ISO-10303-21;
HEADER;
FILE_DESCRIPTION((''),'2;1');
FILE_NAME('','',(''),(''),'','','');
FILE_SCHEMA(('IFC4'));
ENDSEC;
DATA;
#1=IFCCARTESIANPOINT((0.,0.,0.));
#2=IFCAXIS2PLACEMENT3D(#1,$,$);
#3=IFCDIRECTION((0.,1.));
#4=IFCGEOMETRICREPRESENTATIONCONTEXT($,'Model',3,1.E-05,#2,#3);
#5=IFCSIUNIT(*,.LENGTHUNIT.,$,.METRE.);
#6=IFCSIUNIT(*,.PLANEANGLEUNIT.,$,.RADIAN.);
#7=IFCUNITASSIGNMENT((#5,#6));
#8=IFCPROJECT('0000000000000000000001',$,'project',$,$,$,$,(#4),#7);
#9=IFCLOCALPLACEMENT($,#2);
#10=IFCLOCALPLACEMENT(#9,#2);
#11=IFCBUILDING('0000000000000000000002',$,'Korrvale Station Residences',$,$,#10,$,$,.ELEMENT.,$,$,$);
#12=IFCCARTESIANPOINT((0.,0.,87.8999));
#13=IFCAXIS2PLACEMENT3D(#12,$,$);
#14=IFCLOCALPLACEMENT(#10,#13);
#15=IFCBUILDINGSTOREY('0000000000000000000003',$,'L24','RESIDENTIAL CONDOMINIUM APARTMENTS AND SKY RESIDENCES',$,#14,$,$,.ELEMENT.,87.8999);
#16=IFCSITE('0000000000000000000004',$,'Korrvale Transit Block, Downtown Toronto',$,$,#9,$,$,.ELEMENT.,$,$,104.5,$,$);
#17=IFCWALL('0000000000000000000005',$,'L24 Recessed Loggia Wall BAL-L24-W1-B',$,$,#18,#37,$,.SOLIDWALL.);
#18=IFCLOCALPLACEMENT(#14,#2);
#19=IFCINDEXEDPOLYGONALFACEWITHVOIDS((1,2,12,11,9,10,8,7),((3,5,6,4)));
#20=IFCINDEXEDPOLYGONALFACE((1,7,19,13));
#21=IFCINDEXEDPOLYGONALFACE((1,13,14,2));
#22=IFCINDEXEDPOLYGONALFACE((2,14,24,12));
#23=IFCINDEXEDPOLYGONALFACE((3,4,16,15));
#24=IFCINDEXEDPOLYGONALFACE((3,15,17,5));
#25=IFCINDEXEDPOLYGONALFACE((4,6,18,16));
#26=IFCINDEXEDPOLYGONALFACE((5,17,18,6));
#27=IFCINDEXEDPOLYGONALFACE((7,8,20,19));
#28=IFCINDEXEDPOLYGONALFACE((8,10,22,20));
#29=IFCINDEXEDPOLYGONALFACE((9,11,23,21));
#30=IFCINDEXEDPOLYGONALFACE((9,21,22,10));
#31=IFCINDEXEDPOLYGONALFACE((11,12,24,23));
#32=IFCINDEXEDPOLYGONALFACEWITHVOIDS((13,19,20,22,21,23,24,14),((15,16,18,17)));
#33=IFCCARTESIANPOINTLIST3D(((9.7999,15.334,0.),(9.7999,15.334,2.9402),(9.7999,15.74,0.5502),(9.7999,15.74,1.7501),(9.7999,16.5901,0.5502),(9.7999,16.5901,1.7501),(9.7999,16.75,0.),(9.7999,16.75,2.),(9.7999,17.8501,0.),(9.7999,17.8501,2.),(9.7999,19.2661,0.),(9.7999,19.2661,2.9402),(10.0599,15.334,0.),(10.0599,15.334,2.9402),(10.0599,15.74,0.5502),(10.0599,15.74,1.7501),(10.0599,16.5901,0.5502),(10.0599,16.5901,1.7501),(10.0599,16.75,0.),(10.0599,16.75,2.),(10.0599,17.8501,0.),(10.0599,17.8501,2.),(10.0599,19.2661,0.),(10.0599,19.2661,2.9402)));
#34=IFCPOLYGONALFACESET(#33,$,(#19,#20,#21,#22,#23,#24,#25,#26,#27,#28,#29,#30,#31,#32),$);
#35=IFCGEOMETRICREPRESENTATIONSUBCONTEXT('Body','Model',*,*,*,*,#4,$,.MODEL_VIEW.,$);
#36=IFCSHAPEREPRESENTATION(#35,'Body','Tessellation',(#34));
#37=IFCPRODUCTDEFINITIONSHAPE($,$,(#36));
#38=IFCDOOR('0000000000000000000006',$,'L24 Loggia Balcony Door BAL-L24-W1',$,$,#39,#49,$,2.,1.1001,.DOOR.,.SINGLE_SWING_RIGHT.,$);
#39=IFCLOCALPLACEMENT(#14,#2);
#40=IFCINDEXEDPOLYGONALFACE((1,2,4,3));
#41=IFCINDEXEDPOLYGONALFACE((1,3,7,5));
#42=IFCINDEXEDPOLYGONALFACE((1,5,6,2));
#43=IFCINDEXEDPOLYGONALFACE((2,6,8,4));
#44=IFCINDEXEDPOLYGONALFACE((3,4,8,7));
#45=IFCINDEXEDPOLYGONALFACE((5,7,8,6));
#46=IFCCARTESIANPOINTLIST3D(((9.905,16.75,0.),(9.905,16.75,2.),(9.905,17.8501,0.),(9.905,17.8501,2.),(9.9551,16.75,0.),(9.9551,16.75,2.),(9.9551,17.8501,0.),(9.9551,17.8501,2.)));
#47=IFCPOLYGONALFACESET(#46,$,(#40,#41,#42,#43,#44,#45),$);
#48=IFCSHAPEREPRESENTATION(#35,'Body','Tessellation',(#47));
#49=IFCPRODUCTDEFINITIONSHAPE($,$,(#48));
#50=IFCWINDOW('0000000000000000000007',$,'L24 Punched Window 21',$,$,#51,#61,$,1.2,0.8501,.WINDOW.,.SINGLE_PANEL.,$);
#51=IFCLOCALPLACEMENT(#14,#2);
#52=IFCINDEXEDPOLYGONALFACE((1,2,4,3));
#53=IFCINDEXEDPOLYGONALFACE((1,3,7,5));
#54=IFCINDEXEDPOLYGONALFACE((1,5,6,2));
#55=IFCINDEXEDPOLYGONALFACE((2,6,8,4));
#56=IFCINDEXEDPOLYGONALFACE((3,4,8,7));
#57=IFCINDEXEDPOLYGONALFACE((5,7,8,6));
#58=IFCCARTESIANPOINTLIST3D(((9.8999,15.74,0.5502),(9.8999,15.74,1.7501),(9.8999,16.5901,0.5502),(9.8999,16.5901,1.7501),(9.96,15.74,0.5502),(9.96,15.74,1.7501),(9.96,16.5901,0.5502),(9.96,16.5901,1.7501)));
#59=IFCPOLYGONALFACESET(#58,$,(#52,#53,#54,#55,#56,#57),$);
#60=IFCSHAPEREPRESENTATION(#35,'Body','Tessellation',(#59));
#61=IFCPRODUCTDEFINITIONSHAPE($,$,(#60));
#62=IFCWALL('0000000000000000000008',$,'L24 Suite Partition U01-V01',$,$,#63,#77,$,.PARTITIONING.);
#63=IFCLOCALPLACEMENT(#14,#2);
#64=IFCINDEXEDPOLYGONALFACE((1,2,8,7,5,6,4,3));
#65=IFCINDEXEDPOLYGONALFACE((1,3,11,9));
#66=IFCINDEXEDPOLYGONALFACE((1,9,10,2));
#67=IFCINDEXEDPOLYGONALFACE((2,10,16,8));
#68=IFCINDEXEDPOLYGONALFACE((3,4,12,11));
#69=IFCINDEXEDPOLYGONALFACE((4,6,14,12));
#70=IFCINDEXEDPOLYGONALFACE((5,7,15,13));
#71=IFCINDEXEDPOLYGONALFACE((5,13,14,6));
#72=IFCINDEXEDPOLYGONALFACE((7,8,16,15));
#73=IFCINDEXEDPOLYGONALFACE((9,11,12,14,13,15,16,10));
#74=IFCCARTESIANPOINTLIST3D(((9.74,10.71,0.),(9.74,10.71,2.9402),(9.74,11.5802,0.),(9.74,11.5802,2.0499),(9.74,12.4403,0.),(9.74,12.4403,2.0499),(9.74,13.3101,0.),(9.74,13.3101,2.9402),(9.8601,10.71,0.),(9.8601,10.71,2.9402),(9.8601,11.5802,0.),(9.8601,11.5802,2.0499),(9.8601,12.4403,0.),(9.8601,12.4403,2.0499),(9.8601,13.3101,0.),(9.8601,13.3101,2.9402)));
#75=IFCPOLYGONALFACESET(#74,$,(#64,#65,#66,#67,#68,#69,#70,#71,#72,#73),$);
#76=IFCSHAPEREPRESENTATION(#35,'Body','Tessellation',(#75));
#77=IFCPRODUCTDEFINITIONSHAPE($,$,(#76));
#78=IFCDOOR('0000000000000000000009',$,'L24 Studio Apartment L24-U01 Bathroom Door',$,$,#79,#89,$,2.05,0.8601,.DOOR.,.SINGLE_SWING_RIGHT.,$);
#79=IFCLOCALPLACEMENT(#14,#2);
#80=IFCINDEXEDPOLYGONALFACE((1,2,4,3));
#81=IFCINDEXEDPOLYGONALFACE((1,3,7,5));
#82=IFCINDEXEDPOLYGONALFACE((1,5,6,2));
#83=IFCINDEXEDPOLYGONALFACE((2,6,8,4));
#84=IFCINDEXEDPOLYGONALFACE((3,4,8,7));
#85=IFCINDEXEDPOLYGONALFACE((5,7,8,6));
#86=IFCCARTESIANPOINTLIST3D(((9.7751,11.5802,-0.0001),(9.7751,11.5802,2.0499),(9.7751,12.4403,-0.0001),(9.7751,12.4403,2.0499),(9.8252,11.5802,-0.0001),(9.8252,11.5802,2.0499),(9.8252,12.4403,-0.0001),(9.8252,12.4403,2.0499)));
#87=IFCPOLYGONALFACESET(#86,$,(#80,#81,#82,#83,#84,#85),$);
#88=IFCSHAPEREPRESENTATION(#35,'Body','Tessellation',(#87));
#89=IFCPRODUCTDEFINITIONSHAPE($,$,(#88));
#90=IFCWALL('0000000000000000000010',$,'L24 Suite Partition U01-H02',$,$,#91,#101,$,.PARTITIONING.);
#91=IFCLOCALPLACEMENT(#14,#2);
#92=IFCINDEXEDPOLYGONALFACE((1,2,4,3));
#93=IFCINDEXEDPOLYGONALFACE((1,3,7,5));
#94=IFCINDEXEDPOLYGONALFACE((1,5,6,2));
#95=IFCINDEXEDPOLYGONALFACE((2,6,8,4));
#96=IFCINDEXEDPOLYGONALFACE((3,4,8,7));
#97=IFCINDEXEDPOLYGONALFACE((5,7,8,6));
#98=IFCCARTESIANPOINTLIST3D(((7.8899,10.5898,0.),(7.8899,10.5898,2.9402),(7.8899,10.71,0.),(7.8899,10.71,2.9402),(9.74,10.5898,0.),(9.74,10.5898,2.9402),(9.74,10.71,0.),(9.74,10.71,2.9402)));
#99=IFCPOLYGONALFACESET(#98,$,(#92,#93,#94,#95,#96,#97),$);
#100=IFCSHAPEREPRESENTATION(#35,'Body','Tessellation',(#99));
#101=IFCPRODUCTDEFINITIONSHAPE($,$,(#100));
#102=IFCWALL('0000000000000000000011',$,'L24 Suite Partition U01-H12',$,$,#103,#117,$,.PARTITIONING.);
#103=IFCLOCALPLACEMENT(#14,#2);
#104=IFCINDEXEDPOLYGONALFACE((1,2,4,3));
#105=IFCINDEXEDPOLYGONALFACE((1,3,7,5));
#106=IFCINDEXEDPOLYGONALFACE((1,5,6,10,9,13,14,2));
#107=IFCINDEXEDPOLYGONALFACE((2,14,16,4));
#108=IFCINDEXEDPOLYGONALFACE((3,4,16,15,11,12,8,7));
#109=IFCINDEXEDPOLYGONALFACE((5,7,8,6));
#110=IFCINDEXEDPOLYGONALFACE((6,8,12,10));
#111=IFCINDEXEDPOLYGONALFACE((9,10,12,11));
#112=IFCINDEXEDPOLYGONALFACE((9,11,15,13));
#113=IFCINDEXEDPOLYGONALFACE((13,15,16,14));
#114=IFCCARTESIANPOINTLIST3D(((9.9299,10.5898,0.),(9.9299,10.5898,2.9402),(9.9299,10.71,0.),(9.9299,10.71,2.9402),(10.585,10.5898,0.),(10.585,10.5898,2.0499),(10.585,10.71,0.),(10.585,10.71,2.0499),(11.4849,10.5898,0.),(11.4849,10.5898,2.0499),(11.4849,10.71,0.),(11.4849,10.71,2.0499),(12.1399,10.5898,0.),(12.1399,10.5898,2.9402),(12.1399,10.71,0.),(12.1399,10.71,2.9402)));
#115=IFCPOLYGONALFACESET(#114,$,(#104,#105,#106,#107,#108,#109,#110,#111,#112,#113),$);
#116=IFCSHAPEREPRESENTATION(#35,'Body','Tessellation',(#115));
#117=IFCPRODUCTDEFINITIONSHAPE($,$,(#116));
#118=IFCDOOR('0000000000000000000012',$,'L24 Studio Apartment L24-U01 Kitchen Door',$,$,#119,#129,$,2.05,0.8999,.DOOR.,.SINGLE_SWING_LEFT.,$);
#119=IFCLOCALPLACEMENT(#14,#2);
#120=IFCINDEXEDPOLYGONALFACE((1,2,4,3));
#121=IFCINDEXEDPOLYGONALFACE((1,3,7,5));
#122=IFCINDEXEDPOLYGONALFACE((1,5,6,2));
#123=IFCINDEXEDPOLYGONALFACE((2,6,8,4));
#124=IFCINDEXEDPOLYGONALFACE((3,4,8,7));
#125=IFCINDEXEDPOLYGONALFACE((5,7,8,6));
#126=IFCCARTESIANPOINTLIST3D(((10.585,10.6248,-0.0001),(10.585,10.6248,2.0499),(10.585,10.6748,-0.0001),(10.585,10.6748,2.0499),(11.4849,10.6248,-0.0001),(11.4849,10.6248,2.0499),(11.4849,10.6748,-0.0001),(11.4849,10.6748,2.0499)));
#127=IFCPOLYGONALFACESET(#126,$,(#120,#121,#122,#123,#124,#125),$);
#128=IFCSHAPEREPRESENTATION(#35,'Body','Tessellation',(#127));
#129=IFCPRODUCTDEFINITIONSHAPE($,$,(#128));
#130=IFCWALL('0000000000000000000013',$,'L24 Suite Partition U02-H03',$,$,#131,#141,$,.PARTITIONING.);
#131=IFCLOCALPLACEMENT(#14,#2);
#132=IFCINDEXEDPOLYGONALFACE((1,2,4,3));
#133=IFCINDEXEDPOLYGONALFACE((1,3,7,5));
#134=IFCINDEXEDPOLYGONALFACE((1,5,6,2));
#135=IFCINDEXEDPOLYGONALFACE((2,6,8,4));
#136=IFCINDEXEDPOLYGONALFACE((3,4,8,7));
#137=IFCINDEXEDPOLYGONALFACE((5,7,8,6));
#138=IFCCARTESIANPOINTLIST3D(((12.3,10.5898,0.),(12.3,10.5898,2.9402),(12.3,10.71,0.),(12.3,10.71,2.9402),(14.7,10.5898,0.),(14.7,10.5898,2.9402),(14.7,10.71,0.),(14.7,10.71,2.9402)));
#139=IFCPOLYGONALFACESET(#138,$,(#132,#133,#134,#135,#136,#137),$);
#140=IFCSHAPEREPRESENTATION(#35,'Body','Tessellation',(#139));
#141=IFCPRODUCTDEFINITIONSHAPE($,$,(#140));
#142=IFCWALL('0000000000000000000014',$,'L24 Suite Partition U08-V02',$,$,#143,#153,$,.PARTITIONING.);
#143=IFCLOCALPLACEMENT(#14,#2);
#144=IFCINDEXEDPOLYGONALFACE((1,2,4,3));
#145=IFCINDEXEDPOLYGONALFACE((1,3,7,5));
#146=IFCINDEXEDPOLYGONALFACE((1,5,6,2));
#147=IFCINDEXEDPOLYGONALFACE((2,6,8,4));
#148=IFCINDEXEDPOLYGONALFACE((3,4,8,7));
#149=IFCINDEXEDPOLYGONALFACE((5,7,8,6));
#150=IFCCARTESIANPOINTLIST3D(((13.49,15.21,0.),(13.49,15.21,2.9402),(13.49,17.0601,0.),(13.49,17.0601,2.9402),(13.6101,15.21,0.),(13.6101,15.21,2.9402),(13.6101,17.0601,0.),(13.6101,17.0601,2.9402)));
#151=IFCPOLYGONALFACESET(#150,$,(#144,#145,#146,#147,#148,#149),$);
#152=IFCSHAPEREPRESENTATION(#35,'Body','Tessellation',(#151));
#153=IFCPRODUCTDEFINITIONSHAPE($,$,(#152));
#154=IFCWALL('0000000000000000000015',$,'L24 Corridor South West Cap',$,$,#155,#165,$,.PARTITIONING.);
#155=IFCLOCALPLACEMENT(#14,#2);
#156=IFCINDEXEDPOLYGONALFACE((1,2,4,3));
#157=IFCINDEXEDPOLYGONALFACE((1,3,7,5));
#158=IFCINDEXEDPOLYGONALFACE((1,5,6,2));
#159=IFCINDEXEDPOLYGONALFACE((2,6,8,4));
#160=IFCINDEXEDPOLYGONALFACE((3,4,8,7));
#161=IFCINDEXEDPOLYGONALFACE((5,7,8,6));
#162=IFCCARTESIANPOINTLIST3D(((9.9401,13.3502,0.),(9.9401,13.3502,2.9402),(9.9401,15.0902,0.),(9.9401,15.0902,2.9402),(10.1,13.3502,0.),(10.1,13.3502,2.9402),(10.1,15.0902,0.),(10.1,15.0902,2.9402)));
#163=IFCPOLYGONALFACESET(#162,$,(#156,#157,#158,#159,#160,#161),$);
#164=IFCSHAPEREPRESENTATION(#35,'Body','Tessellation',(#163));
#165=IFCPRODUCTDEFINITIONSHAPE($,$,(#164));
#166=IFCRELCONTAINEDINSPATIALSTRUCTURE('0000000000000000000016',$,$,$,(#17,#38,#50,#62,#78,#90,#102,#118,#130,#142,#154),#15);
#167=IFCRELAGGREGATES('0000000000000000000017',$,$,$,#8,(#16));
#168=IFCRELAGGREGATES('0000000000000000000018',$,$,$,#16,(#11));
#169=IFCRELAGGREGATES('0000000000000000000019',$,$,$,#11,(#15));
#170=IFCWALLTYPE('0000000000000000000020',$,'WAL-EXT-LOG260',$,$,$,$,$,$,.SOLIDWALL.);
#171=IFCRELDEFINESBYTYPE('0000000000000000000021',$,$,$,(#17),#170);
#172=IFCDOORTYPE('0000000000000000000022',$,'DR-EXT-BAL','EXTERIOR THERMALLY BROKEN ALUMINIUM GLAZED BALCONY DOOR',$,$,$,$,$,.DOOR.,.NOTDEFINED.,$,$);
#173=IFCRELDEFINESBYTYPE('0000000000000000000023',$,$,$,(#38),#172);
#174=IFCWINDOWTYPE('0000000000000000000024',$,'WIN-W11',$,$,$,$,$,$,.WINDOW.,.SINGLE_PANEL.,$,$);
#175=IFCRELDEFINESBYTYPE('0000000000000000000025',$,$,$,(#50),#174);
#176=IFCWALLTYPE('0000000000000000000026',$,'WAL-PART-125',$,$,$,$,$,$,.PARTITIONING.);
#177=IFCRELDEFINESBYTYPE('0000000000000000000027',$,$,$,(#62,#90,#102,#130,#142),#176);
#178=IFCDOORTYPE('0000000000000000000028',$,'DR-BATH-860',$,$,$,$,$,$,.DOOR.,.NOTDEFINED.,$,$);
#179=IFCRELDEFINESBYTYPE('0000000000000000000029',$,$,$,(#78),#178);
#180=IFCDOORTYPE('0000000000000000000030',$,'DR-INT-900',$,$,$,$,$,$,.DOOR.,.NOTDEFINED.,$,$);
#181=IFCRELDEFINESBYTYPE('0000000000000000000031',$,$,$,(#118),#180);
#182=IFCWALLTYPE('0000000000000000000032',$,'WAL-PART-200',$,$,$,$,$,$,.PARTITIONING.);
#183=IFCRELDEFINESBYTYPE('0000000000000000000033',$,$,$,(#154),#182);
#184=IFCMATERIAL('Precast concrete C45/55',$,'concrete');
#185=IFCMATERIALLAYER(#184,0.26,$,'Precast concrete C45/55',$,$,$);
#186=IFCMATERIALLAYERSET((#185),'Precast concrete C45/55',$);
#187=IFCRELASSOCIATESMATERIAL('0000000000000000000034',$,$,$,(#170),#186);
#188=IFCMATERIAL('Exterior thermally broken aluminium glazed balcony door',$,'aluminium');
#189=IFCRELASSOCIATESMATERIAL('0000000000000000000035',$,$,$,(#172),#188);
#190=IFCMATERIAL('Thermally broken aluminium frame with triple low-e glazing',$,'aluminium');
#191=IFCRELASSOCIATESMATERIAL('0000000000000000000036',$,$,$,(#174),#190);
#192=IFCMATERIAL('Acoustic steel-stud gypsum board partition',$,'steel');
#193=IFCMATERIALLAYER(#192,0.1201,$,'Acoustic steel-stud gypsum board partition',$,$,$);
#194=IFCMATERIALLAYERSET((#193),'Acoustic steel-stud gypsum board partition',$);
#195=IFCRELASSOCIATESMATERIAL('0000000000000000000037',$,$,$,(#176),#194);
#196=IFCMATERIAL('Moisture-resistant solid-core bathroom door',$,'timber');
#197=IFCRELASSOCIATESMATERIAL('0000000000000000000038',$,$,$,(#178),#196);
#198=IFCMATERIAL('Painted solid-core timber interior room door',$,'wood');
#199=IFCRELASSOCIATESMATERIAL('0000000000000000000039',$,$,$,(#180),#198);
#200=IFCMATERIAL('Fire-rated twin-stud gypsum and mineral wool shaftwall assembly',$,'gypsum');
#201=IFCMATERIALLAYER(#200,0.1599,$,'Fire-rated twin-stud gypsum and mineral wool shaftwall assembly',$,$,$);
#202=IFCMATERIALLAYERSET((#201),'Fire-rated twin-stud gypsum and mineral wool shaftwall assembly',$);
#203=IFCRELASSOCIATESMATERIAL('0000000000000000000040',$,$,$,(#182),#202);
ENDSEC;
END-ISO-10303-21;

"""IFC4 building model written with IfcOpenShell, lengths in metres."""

from ifc_helpers import new_model, si_unit, direction, frame, frame_2d, origin, place, context, subcontext, project, spatial, rectangle, extrude, material, layer, layer_set, type_object, element, fill, save


model = new_model("IFC4")

# Units and contexts
model_context = context("Model", 3, precision=1e-05, world=origin(), true_north=direction((0.0, 1.0)))
body_context = subcontext(model_context, "Body", "Model", "MODEL_VIEW")
ifc_project = project(units=[si_unit("LENGTHUNIT", "METRE"), si_unit("PLANEANGLEUNIT", "RADIAN")], contexts=[model_context])

# Site, building, storey
site_placement = place(None, origin())
site = spatial("IfcSite", under=ifc_project, at=site_placement, Name="Korrvale Transit Block, Downtown Toronto", CompositionType="ELEMENT", RefElevation=104.5)
building_placement = place(site_placement, origin())
building = spatial("IfcBuilding", under=site, at=building_placement, Name="Korrvale Station Residences", CompositionType="ELEMENT")
storey_placement = place(building_placement, frame((0.0, 0.0, 87.8999)))
storey = spatial("IfcBuildingStorey", under=building, at=storey_placement, Name="L24", Description="RESIDENTIAL CONDOMINIUM APARTMENTS AND SKY RESIDENCES", CompositionType="ELEMENT", Elevation=87.8999)

# Shared definitions
ifc_material_1 = material(Name="Precast concrete C45/55", Category="concrete")
ifc_layer_1 = layer(ifc_material_1, 0.26, Name="Precast concrete C45/55")
ifc_layer_set_1 = layer_set([ifc_layer_1], Name="Precast concrete C45/55")
wall_type_1 = type_object("IfcWallType", Name="WAL-EXT-LOG260", PredefinedType="SOLIDWALL", material=ifc_layer_set_1)

# Wall, openings, door, window
wall_1_placement = place(storey_placement, frame((9.9299, 15.334, 0.0), z_axis=(0.0, 0.0, 1.0), x_axis=(0.0, 1.0, 0.0)))
wall_1 = element("IfcWall", 1, at=wall_1_placement, inside=storey, type_object=wall_type_1, Name="L24 Recessed Loggia Wall BAL-L24-W1-B", PredefinedType="SOLIDWALL", context=body_context, shape_type="SweptSolid", body=[
    extrude(rectangle(XDim=3.9321, YDim=0.26, at=frame_2d((1.9661, 0.0))), origin(), (0.0, 0.0, 1.0), 2.9402),
])
opening_1_placement = place(wall_1_placement, frame((1.416, 0.0, 0.0)))
opening_1 = element("IfcOpeningElement", 2, at=opening_1_placement, cuts=wall_1, PredefinedType="OPENING", context=body_context, shape_type="SweptSolid", body=[
    extrude(rectangle(XDim=1.1001, YDim=2.0, at=frame_2d((0.55, 1.0))), frame((0.0, 0.1401, 0.0), z_axis=(0.0, -1.0, 0.0), x_axis=(1.0, 0.0, 0.0)), (0.0, 0.0, 1.0), 0.28),
])
opening_2_placement = place(wall_1_placement, frame((0.406, 0.0, 0.55)))
opening_2 = element("IfcOpeningElement", 3, at=opening_2_placement, cuts=wall_1, PredefinedType="OPENING", context=body_context, shape_type="SweptSolid", body=[
    extrude(rectangle(XDim=0.8501, YDim=1.2, at=frame_2d((0.425, 0.6001))), frame((0.0, 0.1401, 0.0), z_axis=(0.0, -1.0, 0.0), x_axis=(1.0, 0.0, 0.0)), (0.0, 0.0, 1.0), 0.28),
])
ifc_material_2 = material(Name="Exterior thermally broken aluminium glazed balcony door", Category="aluminium")
door_type_1 = type_object("IfcDoorType", Name="DR-EXT-BAL", Description="EXTERIOR THERMALLY BROKEN ALUMINIUM GLAZED BALCONY DOOR", OperationType="NOTDEFINED", PredefinedType="DOOR", material=ifc_material_2)
door_1_placement = place(opening_1_placement, origin())
door_1 = element("IfcDoor", 4, at=door_1_placement, inside=storey, type_object=door_type_1, Name="L24 Loggia Balcony Door BAL-L24-W1", OperationType="SINGLE_SWING_RIGHT", OverallHeight=2.0, OverallWidth=1.1001, PredefinedType="DOOR", context=body_context, shape_type="SweptSolid", body=[
    extrude(rectangle(XDim=1.1001, YDim=2.0, at=frame_2d((0.55, 1.0))), frame((0.0, 0.0249, 0.0), z_axis=(0.0, -1.0, 0.0), x_axis=(1.0, 0.0, 0.0)), (0.0, 0.0, 1.0), 0.05),
])
fill(opening_1, door_1)
ifc_material_3 = material(Name="Thermally broken aluminium frame with triple low-e glazing", Category="aluminium")
window_type = type_object("IfcWindowType", Name="WIN-W11", PartitioningType="SINGLE_PANEL", PredefinedType="WINDOW", material=ifc_material_3)
window_placement = place(opening_2_placement, origin())
window = element("IfcWindow", 5, at=window_placement, inside=storey, type_object=window_type, Name="L24 Punched Window 21", OverallHeight=1.2, OverallWidth=0.8501, PartitioningType="SINGLE_PANEL", PredefinedType="WINDOW", context=body_context, shape_type="SweptSolid", body=[
    extrude(rectangle(XDim=0.8501, YDim=1.2, at=frame_2d((0.425, 0.6001))), frame((0.0, 0.03, 0.0), z_axis=(0.0, -1.0, 0.0), x_axis=(1.0, 0.0, 0.0)), (0.0, 0.0, 1.0), 0.0601),
])
fill(opening_2, window)

# Wall, opening, door
ifc_material_4 = material(Name="Acoustic steel-stud gypsum board partition", Category="steel")
ifc_layer_2 = layer(ifc_material_4, 0.1201, Name="Acoustic steel-stud gypsum board partition")
ifc_layer_set_2 = layer_set([ifc_layer_2], Name="Acoustic steel-stud gypsum board partition")
wall_type_2 = type_object("IfcWallType", Name="WAL-PART-125", PredefinedType="PARTITIONING", material=ifc_layer_set_2)
wall_2_placement = place(storey_placement, frame((9.8, 10.71, 0.0), z_axis=(0.0, 0.0, 1.0), x_axis=(0.0, 1.0, 0.0)))
wall_2 = element("IfcWall", 6, at=wall_2_placement, inside=storey, type_object=wall_type_2, Name="L24 Suite Partition U01-V01", PredefinedType="PARTITIONING", context=body_context, shape_type="SweptSolid", body=[
    extrude(rectangle(XDim=2.6001, YDim=0.1201, at=frame_2d((1.3, 0.0))), origin(), (0.0, 0.0, 1.0), 2.9402),
])
opening_3_placement = place(wall_2_placement, frame((0.8701, 0.0, 0.0)))
opening_3 = element("IfcOpeningElement", 7, at=opening_3_placement, cuts=wall_2, PredefinedType="OPENING", context=body_context, shape_type="SweptSolid", body=[
    extrude(rectangle(XDim=0.8601, YDim=2.05, at=frame_2d((0.4302, 1.0249))), frame((0.0, 0.0701, 0.0), z_axis=(0.0, -1.0, 0.0), x_axis=(1.0, 0.0, 0.0)), (0.0, 0.0, 1.0), 0.1401),
])
ifc_material_5 = material(Name="Moisture-resistant solid-core bathroom door", Category="timber")
door_type_2 = type_object("IfcDoorType", Name="DR-BATH-860", OperationType="NOTDEFINED", PredefinedType="DOOR", material=ifc_material_5)
door_2_placement = place(opening_3_placement, origin())
door_2 = element("IfcDoor", 8, at=door_2_placement, inside=storey, type_object=door_type_2, Name="L24 Studio Apartment L24-U01 Bathroom Door", OperationType="SINGLE_SWING_RIGHT", OverallHeight=2.05, OverallWidth=0.8601, PredefinedType="DOOR", context=body_context, shape_type="SweptSolid", body=[
    extrude(rectangle(XDim=0.8601, YDim=2.05, at=frame_2d((0.4302, 1.0249))), frame((0.0, 0.0249, 0.0), z_axis=(0.0, -1.0, 0.0), x_axis=(1.0, 0.0, 0.0)), (0.0, 0.0, 1.0), 0.05),
])
fill(opening_3, door_2)

# Wall
wall_3_placement = place(storey_placement, frame((7.8899, 10.6499, 0.0), z_axis=(0.0, 0.0, 1.0), x_axis=(1.0, 0.0, 0.0)))
element("IfcWall", 9, at=wall_3_placement, inside=storey, type_object=wall_type_2, Name="L24 Suite Partition U01-H02", PredefinedType="PARTITIONING", context=body_context, shape_type="SweptSolid", body=[
    extrude(rectangle(XDim=1.8501, YDim=0.1201, at=frame_2d((0.925, 0.0))), origin(), (0.0, 0.0, 1.0), 2.9402),
])

# Wall, opening, door
wall_4_placement = place(storey_placement, frame((9.9299, 10.6499, 0.0), z_axis=(0.0, 0.0, 1.0), x_axis=(1.0, 0.0, 0.0)))
wall_4 = element("IfcWall", 10, at=wall_4_placement, inside=storey, type_object=wall_type_2, Name="L24 Suite Partition U01-H12", PredefinedType="PARTITIONING", context=body_context, shape_type="SweptSolid", body=[
    extrude(rectangle(XDim=2.21, YDim=0.1201, at=frame_2d((1.105, 0.0))), origin(), (0.0, 0.0, 1.0), 2.9402),
])
opening_4_placement = place(wall_4_placement, frame((0.655, 0.0, 0.0)))
opening_4 = element("IfcOpeningElement", 11, at=opening_4_placement, cuts=wall_4, PredefinedType="OPENING", context=body_context, shape_type="SweptSolid", body=[
    extrude(rectangle(XDim=0.8999, YDim=2.05, at=frame_2d((0.45, 1.0249))), frame((0.0, 0.0701, 0.0), z_axis=(0.0, -1.0, 0.0), x_axis=(1.0, 0.0, 0.0)), (0.0, 0.0, 1.0), 0.1401),
])
ifc_material_6 = material(Name="Painted solid-core timber interior room door", Category="wood")
door_type_3 = type_object("IfcDoorType", Name="DR-INT-900", OperationType="NOTDEFINED", PredefinedType="DOOR", material=ifc_material_6)
door_3_placement = place(opening_4_placement, origin())
door_3 = element("IfcDoor", 12, at=door_3_placement, inside=storey, type_object=door_type_3, Name="L24 Studio Apartment L24-U01 Kitchen Door", OperationType="SINGLE_SWING_LEFT", OverallHeight=2.05, OverallWidth=0.8999, PredefinedType="DOOR", context=body_context, shape_type="SweptSolid", body=[
    extrude(rectangle(XDim=0.8999, YDim=2.05, at=frame_2d((0.45, 1.0249))), frame((0.0, 0.0249, 0.0), z_axis=(0.0, -1.0, 0.0), x_axis=(1.0, 0.0, 0.0)), (0.0, 0.0, 1.0), 0.05),
])
fill(opening_4, door_3)

# Walls
wall_5_placement = place(storey_placement, frame((12.3, 10.6499, 0.0), z_axis=(0.0, 0.0, 1.0), x_axis=(1.0, 0.0, 0.0)))
element("IfcWall", 13, at=wall_5_placement, inside=storey, type_object=wall_type_2, Name="L24 Suite Partition U02-H03", PredefinedType="PARTITIONING", context=body_context, shape_type="SweptSolid", body=[
    extrude(rectangle(XDim=2.3999, YDim=0.1201, at=frame_2d((1.2, 0.0))), origin(), (0.0, 0.0, 1.0), 2.9402),
])
wall_6_placement = place(storey_placement, frame((13.55, 15.21, 0.0), z_axis=(0.0, 0.0, 1.0), x_axis=(0.0, 1.0, 0.0)))
element("IfcWall", 14, at=wall_6_placement, inside=storey, type_object=wall_type_2, Name="L24 Suite Partition U08-V02", PredefinedType="PARTITIONING", context=body_context, shape_type="SweptSolid", body=[
    extrude(rectangle(XDim=1.8501, YDim=0.1201, at=frame_2d((0.925, 0.0))), origin(), (0.0, 0.0, 1.0), 2.9402),
])
ifc_material_7 = material(Name="Fire-rated twin-stud gypsum and mineral wool shaftwall assembly", Category="gypsum")
ifc_layer_3 = layer(ifc_material_7, 0.1599, Name="Fire-rated twin-stud gypsum and mineral wool shaftwall assembly")
ifc_layer_set_3 = layer_set([ifc_layer_3], Name="Fire-rated twin-stud gypsum and mineral wool shaftwall assembly")
wall_type_3 = type_object("IfcWallType", Name="WAL-PART-200", PredefinedType="PARTITIONING", material=ifc_layer_set_3)
wall_7_placement = place(storey_placement, frame((10.02, 13.3501, 0.0), z_axis=(0.0, 0.0, 1.0), x_axis=(0.0, 1.0, 0.0)))
element("IfcWall", 15, at=wall_7_placement, inside=storey, type_object=wall_type_3, Name="L24 Corridor South West Cap", PredefinedType="PARTITIONING", context=body_context, shape_type="SweptSolid", body=[
    extrude(rectangle(XDim=1.74, YDim=0.1599, at=frame_2d((0.8701, 0.0))), origin(), (0.0, 0.0, 1.0), 2.9402),
])

save(model, "model.ifc")
